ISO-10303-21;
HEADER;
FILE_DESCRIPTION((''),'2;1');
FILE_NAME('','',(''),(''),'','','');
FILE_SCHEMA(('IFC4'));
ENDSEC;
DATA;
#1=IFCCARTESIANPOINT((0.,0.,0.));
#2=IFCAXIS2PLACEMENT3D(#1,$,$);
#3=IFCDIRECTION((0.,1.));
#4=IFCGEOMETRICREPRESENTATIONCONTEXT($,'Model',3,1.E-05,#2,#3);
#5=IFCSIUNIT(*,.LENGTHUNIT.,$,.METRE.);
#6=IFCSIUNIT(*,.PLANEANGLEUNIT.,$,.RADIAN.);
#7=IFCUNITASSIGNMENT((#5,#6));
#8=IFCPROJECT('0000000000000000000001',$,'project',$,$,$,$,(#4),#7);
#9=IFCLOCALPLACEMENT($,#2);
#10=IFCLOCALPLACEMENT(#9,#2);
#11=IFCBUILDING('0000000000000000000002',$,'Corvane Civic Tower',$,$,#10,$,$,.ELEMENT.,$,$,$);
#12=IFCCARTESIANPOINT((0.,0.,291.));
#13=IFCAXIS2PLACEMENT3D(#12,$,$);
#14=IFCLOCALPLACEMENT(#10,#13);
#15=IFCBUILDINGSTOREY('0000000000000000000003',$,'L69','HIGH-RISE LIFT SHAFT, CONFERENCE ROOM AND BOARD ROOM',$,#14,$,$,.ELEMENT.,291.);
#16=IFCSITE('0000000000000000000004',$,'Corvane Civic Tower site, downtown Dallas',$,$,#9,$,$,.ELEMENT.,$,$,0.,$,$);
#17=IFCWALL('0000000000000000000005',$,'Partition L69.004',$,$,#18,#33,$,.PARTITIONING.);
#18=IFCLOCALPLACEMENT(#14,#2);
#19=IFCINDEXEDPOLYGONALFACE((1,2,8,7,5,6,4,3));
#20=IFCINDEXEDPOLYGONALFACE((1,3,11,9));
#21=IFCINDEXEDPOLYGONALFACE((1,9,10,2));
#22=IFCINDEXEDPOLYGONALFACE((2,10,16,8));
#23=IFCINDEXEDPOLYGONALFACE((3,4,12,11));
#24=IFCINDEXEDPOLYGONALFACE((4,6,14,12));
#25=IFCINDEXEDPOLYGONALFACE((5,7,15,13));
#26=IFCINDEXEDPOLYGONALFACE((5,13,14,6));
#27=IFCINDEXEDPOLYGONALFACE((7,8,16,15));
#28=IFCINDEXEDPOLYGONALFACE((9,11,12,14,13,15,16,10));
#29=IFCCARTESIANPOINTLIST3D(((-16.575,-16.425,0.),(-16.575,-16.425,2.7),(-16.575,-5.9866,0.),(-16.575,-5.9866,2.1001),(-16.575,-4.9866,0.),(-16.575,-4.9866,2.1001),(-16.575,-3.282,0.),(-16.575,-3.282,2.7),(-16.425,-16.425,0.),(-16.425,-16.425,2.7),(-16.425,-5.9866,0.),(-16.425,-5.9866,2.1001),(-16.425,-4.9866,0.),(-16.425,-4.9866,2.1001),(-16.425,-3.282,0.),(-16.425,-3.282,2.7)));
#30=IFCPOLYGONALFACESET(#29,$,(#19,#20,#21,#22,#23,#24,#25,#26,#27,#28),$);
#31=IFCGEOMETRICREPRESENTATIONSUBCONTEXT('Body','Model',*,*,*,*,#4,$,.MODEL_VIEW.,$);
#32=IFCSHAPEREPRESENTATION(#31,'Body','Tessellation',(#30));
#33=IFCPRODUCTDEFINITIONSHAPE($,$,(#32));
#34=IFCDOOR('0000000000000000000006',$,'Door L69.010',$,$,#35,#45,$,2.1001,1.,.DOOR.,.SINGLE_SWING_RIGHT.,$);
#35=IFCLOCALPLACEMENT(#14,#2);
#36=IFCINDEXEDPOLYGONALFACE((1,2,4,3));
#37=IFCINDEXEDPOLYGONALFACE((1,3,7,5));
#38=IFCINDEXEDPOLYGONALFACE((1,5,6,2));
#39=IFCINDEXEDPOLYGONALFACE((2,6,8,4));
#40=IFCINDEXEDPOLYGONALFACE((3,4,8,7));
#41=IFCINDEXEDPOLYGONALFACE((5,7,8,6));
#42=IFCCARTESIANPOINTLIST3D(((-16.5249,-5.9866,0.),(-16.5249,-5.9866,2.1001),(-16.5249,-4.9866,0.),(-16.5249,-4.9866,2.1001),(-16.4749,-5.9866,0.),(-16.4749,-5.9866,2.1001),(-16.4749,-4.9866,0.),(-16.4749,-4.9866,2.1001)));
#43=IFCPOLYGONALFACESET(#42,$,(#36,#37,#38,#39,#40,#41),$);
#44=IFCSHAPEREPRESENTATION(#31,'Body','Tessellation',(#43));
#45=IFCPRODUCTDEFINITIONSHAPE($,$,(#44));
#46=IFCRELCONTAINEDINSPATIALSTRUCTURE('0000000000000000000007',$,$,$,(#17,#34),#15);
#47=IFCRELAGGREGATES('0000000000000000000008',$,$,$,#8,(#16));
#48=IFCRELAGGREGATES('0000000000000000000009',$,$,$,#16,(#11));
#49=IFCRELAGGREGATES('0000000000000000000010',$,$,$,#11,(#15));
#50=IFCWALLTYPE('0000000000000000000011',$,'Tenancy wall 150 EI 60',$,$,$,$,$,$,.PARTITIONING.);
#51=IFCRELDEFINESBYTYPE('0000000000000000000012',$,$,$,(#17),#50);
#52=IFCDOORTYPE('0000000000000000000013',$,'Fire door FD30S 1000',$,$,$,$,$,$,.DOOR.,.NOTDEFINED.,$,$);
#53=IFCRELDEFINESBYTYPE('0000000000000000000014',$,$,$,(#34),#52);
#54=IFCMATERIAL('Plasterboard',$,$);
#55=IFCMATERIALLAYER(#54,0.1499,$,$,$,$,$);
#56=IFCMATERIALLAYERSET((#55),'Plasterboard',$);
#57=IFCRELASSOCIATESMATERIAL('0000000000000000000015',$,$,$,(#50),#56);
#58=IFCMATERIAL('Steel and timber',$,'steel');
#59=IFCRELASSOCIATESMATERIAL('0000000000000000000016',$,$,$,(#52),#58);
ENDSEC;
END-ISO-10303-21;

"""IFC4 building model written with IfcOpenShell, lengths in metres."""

from ifc_helpers import new_model, si_unit, direction, frame, frame_2d, origin, place, context, subcontext, project, spatial, rectangle, extrude, material, layer, layer_set, type_object, element, fill, save


model = new_model("IFC4")

# Units and contexts
model_context = context("Model", 3, precision=1e-05, world=origin(), true_north=direction((0.0, 1.0)))
body_context = subcontext(model_context, "Body", "Model", "MODEL_VIEW")
ifc_project = project(units=[si_unit("LENGTHUNIT", "METRE"), si_unit("PLANEANGLEUNIT", "RADIAN")], contexts=[model_context])

# Site, building, storey
site_placement = place(None, origin())
site = spatial("IfcSite", under=ifc_project, at=site_placement, Name="Corvane Civic Tower site, downtown Dallas", CompositionType="ELEMENT", RefElevation=0.0)
building_placement = place(site_placement, origin())
building = spatial("IfcBuilding", under=site, at=building_placement, Name="Corvane Civic Tower", CompositionType="ELEMENT")
storey_placement = place(building_placement, frame((0.0, 0.0, 291.0)))
storey = spatial("IfcBuildingStorey", under=building, at=storey_placement, Name="L69", Description="HIGH-RISE LIFT SHAFT, CONFERENCE ROOM AND BOARD ROOM", CompositionType="ELEMENT", Elevation=291.0)

# Shared definitions
ifc_material_1 = material(Name="Plasterboard")
ifc_layer_1 = layer(ifc_material_1, 0.1499)
ifc_layer_set_1 = layer_set([ifc_layer_1], Name="Plasterboard")
wall_type_1 = type_object("IfcWallType", Name="Tenancy wall 150 EI 60", PredefinedType="PARTITIONING", material=ifc_layer_set_1)
ifc_material_2 = material(Name="Steel and timber", Category="steel")
door_type = type_object("IfcDoorType", Name="Fire door FD30S 1000", OperationType="NOTDEFINED", PredefinedType="DOOR", material=ifc_material_2)

# Wall, opening, door
wall_1_placement = place(storey_placement, frame((-16.5, -16.425, 0.0), z_axis=(0.0, 0.0, 1.0), x_axis=(0.0, 1.0, 0.0)))
wall_1 = element("IfcWall", 1, at=wall_1_placement, inside=storey, type_object=wall_type_1, Name="Partition L69.004", PredefinedType="PARTITIONING", context=body_context, shape_type="SweptSolid", body=[
    extrude(rectangle(XDim=13.1431, YDim=0.1499, at=frame_2d((6.5715, 0.0))), origin(), (0.0, 0.0, 1.0), 2.7),
])
opening_1_placement = place(wall_1_placement, frame((10.4385, 0.0, 0.0)))
opening_1 = element("IfcOpeningElement", 2, at=opening_1_placement, cuts=wall_1, PredefinedType="OPENING", context=body_context, shape_type="SweptSolid", body=[
    extrude(rectangle(XDim=1.0, YDim=2.1001, at=frame_2d((0.5, 1.05))), frame((0.0, 0.085, 0.0), z_axis=(0.0, -1.0, 0.0), x_axis=(1.0, 0.0, 0.0)), (0.0, 0.0, 1.0), 0.1699),
])
door_1_placement = place(opening_1_placement, origin())
door_1 = element("IfcDoor", 3, at=door_1_placement, inside=storey, type_object=door_type, Name="Door L69.010", OperationType="SINGLE_SWING_RIGHT", OverallHeight=2.1001, OverallWidth=1.0, PredefinedType="DOOR", context=body_context, shape_type="SweptSolid", body=[
    extrude(rectangle(XDim=1.0, YDim=2.1001, at=frame_2d((0.5, 1.05))), frame((0.0, 0.0249, 0.0), z_axis=(0.0, -1.0, 0.0), x_axis=(1.0, 0.0, 0.0)), (0.0, 0.0, 1.0), 0.05),
])
fill(opening_1, door_1)

save(model, "model.ifc")
